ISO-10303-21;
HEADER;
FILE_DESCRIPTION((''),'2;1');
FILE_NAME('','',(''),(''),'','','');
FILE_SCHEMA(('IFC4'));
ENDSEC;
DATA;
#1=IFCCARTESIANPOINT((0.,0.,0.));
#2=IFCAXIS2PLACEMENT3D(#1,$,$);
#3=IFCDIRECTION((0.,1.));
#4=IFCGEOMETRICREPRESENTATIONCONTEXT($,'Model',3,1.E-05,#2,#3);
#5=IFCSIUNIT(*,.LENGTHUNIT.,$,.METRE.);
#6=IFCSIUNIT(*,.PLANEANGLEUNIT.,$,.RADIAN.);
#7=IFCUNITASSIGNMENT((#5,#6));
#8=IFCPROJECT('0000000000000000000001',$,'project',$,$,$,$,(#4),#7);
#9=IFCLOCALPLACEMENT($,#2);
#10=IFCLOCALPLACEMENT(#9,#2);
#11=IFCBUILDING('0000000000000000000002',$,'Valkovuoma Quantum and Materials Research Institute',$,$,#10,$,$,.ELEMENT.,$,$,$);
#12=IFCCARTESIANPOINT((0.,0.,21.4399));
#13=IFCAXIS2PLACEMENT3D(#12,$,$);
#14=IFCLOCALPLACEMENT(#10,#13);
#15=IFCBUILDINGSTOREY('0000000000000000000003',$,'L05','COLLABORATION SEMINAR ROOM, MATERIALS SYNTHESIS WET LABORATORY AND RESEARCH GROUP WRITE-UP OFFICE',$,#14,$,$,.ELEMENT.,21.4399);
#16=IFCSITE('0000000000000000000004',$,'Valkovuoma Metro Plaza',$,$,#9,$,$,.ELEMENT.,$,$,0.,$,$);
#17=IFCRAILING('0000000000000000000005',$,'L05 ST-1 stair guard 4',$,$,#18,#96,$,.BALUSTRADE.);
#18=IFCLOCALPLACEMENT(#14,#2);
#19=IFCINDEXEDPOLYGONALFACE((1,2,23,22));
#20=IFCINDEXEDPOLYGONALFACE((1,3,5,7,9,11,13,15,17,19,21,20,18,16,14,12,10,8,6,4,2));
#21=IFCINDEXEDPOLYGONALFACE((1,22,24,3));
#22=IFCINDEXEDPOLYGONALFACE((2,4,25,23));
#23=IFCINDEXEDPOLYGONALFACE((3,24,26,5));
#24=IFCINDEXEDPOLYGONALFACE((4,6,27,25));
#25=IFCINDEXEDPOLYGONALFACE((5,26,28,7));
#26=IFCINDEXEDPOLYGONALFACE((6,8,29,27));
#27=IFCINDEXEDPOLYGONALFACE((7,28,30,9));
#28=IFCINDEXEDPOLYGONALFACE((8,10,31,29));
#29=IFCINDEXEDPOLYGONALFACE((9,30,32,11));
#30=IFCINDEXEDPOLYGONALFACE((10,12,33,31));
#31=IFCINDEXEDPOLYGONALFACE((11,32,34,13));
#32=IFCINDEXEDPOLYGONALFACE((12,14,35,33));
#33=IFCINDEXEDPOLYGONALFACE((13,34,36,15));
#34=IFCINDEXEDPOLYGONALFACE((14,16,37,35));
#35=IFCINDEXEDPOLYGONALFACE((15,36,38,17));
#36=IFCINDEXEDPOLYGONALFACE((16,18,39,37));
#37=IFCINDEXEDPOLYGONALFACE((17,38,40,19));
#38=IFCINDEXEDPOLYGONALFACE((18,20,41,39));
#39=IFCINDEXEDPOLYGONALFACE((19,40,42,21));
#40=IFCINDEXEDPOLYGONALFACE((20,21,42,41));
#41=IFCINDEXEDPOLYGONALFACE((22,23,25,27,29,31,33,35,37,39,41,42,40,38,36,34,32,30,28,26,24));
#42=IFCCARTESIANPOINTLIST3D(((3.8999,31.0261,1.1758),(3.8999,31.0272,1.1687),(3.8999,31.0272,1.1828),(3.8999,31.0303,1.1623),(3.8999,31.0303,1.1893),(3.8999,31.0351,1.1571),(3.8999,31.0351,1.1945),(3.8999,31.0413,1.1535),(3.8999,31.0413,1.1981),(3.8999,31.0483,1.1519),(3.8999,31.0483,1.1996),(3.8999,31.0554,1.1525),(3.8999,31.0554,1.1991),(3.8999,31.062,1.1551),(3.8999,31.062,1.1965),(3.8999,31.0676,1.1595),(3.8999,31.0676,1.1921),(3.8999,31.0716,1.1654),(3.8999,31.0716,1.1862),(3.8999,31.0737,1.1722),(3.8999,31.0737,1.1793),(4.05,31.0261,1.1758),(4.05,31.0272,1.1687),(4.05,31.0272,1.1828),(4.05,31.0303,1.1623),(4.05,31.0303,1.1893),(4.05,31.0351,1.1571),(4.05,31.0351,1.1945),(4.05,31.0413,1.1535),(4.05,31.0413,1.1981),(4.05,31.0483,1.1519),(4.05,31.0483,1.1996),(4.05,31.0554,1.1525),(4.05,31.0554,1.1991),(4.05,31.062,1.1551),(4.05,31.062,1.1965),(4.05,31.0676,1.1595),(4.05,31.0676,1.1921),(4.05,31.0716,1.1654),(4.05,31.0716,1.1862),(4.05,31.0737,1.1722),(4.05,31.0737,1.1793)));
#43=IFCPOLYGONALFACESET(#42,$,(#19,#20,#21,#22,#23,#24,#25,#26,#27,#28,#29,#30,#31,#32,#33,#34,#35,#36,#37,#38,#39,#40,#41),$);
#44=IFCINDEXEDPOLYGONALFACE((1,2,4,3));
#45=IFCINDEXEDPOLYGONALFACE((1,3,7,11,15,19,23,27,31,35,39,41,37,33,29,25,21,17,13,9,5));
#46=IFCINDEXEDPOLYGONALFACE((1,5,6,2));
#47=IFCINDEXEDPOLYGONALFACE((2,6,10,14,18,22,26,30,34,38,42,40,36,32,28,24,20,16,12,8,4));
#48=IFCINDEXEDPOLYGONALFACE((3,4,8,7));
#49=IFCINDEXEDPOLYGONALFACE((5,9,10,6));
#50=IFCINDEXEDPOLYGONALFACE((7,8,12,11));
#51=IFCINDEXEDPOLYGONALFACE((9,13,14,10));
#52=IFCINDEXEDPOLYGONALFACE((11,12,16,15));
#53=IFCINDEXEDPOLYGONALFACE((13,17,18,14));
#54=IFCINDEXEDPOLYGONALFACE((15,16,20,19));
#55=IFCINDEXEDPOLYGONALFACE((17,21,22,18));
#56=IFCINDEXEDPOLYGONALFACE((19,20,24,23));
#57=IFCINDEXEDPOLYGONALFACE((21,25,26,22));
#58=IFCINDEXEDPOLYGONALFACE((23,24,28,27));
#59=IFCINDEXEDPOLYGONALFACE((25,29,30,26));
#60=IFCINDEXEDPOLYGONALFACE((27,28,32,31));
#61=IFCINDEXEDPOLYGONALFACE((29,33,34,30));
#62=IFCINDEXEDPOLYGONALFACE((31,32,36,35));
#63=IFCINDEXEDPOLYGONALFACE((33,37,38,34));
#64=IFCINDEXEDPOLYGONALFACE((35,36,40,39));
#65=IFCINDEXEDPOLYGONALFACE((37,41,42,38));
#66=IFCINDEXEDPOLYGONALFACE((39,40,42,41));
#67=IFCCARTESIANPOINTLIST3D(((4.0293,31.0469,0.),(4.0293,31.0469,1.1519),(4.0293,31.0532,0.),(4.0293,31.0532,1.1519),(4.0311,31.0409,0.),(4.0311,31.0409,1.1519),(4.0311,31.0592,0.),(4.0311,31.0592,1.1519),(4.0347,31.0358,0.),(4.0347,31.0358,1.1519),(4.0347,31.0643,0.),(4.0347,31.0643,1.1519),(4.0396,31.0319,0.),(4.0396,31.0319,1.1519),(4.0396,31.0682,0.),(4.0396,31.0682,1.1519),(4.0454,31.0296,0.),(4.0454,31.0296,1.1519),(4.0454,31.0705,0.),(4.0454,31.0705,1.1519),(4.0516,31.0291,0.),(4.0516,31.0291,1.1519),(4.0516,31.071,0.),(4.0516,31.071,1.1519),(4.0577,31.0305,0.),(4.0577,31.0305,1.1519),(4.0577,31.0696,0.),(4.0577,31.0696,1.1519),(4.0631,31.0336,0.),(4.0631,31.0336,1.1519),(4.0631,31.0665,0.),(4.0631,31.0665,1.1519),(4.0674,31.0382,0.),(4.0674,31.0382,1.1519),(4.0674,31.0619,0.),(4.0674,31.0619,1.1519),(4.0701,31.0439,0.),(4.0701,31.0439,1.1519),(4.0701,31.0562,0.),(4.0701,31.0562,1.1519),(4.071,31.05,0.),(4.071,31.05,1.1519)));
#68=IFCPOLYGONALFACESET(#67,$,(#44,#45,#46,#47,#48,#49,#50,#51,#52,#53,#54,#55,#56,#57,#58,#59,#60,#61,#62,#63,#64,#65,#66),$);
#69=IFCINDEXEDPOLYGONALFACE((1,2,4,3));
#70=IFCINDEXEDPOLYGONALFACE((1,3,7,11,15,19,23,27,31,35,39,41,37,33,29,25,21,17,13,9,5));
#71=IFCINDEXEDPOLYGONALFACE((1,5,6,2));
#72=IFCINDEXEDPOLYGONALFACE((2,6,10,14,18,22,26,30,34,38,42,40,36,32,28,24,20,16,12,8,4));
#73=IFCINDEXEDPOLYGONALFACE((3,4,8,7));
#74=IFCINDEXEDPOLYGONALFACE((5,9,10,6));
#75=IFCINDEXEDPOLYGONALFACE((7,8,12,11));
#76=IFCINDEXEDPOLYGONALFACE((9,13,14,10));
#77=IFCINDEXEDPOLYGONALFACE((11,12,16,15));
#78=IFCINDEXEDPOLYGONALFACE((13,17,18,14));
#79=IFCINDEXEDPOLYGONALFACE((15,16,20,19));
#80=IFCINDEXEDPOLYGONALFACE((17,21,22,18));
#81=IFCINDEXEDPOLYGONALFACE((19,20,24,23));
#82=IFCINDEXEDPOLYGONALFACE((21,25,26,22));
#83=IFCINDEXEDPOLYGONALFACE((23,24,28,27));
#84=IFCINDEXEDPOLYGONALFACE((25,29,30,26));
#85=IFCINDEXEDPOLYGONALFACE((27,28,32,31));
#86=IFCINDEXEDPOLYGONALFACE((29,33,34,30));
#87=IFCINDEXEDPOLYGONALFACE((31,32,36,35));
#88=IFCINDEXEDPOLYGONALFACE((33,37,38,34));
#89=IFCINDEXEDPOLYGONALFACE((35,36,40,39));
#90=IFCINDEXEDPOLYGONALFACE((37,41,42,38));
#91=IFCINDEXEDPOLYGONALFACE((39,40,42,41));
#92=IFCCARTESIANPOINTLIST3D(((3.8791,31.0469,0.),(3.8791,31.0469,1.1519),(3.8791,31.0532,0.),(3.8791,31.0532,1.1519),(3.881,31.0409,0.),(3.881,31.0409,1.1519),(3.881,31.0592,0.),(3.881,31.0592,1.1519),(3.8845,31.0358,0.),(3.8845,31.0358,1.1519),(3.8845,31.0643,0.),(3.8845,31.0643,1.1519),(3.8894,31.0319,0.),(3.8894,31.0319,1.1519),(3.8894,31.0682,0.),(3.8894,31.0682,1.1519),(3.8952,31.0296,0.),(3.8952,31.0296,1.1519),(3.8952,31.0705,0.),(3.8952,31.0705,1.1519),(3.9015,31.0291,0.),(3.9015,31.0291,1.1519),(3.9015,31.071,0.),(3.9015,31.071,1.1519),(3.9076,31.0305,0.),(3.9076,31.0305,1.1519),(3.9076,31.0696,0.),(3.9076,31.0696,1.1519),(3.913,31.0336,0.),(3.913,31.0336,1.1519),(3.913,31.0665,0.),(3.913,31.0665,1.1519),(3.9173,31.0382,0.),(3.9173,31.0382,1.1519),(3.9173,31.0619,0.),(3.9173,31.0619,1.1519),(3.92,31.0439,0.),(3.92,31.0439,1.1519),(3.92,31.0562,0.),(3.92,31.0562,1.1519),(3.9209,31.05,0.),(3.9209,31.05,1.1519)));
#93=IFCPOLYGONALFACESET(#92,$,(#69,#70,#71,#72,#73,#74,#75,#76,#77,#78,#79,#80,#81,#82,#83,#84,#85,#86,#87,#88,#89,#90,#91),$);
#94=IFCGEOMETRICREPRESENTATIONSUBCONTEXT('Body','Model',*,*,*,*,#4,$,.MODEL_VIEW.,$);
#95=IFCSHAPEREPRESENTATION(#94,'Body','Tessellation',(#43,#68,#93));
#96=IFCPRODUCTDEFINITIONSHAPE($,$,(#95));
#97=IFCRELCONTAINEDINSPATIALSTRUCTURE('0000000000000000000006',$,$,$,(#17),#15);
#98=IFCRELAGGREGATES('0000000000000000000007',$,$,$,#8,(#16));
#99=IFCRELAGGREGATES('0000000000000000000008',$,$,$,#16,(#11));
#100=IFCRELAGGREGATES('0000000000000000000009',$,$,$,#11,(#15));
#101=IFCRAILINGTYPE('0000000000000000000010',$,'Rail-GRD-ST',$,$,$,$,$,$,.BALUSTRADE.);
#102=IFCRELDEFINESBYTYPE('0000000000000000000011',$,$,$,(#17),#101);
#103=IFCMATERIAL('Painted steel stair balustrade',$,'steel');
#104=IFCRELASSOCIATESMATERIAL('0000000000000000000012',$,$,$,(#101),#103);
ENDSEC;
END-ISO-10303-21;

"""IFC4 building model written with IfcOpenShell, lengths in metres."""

from ifc_helpers import new_model, si_unit, direction, frame, origin, origin_2d, place, context, subcontext, project, spatial, circle, extrude, material, type_object, element, save


model = new_model("IFC4")

# Units and contexts
model_context = context("Model", 3, precision=1e-05, world=origin(), true_north=direction((0.0, 1.0)))
body_context = subcontext(model_context, "Body", "Model", "MODEL_VIEW")
ifc_project = project(units=[si_unit("LENGTHUNIT", "METRE"), si_unit("PLANEANGLEUNIT", "RADIAN")], contexts=[model_context])

# Site, building, storey
site_placement = place(None, origin())
site = spatial("IfcSite", under=ifc_project, at=site_placement, Name="Valkovuoma Metro Plaza", CompositionType="ELEMENT", RefElevation=0.0)
building_placement = place(site_placement, origin())
building = spatial("IfcBuilding", under=site, at=building_placement, Name="Valkovuoma Quantum and Materials Research Institute", CompositionType="ELEMENT")
storey_placement = place(building_placement, frame((0.0, 0.0, 21.4399)))
storey = spatial("IfcBuildingStorey", under=building, at=storey_placement, Name="L05", Description="COLLABORATION SEMINAR ROOM, MATERIALS SYNTHESIS WET LABORATORY AND RESEARCH GROUP WRITE-UP OFFICE", CompositionType="ELEMENT", Elevation=21.4399)

# Railing
ifc_material_1 = material(Name="Painted steel stair balustrade", Category="steel")
railing_type_1 = type_object("IfcRailingType", Name="Rail-GRD-ST", PredefinedType="BALUSTRADE", material=ifc_material_1)
railing_1_placement = place(storey_placement, frame((4.05, 31.05, 0.0)))
element("IfcRailing", 1, at=railing_1_placement, inside=storey, type_object=railing_type_1, Name="L05 ST-1 stair guard 4", PredefinedType="BALUSTRADE", context=body_context, shape_type="SweptSolid", body=[
    extrude(circle(Radius=0.0239, at=origin_2d()), frame((0.0, 0.0, 1.1758), z_axis=(-1.0, 0.0, 0.0), x_axis=(0.0, -1.0, 0.0)), (0.0, 0.0, 1.0), 0.1501),
    extrude(circle(Radius=0.021, at=origin_2d()), origin(), (0.0, 0.0, 1.0), 1.1519),
    extrude(circle(Radius=0.021, at=origin_2d()), frame((-0.1501, 0.0, 0.0)), (0.0, 0.0, 1.0), 1.1519),
])

save(model, "model.ifc")
